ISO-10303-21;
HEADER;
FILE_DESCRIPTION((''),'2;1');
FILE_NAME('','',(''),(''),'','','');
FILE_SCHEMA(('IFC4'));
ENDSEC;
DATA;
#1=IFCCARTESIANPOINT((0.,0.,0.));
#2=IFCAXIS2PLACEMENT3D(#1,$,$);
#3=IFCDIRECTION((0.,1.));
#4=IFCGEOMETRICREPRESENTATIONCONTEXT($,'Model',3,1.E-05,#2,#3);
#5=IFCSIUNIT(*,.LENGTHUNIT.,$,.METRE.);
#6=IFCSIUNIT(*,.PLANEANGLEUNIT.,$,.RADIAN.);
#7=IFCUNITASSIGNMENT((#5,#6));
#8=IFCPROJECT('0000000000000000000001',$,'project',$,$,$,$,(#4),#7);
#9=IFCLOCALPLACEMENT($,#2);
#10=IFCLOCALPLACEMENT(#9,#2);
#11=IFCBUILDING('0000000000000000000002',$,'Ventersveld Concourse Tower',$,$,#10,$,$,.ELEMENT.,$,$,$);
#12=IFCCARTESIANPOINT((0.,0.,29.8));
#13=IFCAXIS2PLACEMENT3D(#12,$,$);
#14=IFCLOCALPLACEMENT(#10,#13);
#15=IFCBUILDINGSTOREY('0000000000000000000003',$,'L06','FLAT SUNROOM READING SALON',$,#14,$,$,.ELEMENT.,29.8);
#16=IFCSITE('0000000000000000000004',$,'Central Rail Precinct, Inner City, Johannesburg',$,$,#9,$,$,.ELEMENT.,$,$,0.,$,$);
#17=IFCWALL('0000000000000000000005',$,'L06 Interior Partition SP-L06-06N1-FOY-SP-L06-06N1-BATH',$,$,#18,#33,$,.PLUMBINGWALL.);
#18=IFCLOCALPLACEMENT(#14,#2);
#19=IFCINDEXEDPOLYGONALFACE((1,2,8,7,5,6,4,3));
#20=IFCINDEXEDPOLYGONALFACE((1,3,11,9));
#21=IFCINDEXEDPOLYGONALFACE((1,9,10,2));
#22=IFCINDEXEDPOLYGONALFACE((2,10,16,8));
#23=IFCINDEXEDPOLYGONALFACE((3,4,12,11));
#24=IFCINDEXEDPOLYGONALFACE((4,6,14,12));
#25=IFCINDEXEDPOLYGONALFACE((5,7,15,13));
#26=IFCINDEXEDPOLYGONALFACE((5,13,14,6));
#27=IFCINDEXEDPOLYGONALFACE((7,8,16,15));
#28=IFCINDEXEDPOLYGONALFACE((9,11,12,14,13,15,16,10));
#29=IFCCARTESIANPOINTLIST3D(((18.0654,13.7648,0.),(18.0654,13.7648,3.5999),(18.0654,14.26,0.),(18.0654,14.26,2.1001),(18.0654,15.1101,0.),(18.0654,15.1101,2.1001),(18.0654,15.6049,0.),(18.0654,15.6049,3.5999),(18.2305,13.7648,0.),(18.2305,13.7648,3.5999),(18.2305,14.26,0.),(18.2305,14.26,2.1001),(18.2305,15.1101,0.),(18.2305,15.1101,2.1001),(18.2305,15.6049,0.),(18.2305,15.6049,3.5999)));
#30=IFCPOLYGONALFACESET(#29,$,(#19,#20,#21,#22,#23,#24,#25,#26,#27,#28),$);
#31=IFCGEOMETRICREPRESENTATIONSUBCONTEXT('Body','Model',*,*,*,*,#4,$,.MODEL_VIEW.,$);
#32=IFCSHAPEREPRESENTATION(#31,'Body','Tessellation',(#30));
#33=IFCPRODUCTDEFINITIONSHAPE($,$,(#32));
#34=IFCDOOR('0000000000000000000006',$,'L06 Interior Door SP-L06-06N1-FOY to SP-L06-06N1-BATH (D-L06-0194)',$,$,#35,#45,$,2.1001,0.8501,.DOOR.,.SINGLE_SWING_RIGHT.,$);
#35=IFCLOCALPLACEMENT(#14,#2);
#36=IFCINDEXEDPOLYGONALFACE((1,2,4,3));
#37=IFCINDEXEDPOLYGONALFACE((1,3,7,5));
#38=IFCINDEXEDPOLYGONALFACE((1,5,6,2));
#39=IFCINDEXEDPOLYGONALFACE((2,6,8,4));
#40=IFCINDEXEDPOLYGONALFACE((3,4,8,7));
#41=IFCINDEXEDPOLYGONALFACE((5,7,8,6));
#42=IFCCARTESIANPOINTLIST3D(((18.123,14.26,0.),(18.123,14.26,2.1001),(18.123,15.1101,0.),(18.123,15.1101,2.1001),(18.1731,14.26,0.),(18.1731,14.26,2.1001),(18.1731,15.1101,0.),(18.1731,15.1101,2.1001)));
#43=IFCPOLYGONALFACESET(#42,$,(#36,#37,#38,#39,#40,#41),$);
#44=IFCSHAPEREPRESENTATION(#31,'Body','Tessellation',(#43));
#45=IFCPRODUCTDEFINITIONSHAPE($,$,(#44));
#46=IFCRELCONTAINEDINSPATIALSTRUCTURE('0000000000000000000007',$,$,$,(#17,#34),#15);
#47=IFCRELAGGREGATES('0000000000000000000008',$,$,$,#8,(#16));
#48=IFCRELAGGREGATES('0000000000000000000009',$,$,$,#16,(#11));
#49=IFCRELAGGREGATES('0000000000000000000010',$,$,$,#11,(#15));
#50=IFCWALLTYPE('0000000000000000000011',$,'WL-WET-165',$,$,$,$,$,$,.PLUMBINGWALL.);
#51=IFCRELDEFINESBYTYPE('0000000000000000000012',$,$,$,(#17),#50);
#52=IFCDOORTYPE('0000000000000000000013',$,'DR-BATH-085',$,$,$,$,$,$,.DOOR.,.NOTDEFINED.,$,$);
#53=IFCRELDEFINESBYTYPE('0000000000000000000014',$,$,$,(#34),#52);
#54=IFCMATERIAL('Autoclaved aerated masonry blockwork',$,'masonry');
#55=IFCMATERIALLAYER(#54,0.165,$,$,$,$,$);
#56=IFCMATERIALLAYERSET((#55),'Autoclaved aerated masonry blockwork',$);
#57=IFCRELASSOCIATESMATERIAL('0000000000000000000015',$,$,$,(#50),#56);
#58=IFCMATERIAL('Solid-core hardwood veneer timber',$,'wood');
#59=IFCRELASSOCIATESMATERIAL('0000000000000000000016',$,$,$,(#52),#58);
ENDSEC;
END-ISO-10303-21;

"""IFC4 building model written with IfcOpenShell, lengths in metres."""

from ifc_helpers import new_model, si_unit, direction, frame, frame_2d, origin, place, context, subcontext, project, spatial, rectangle, extrude, material, layer, layer_set, type_object, element, fill, save


model = new_model("IFC4")

# Units and contexts
model_context = context("Model", 3, precision=1e-05, world=origin(), true_north=direction((0.0, 1.0)))
body_context = subcontext(model_context, "Body", "Model", "MODEL_VIEW")
ifc_project = project(units=[si_unit("LENGTHUNIT", "METRE"), si_unit("PLANEANGLEUNIT", "RADIAN")], contexts=[model_context])

# Site, building, storey
site_placement = place(None, origin())
site = spatial("IfcSite", under=ifc_project, at=site_placement, Name="Central Rail Precinct, Inner City, Johannesburg", CompositionType="ELEMENT", RefElevation=0.0)
building_placement = place(site_placement, origin())
building = spatial("IfcBuilding", under=site, at=building_placement, Name="Ventersveld Concourse Tower", CompositionType="ELEMENT")
storey_placement = place(building_placement, frame((0.0, 0.0, 29.8)))
storey = spatial("IfcBuildingStorey", under=building, at=storey_placement, Name="L06", Description="FLAT SUNROOM READING SALON", CompositionType="ELEMENT", Elevation=29.8)

# Shared definitions
ifc_material_1 = material(Name="Solid-core hardwood veneer timber", Category="wood")

# Shared definitions
ifc_material_2 = material(Name="Autoclaved aerated masonry blockwork", Category="masonry")

# Wall, opening, door
ifc_layer_1 = layer(ifc_material_2, 0.165)
ifc_layer_set_1 = layer_set([ifc_layer_1], Name="Autoclaved aerated masonry blockwork")
wall_type_1 = type_object("IfcWallType", Name="WL-WET-165", PredefinedType="PLUMBINGWALL", material=ifc_layer_set_1)
wall_1_placement = place(storey_placement, frame((18.1479, 13.7649, 0.0), z_axis=(0.0, 0.0, 1.0), x_axis=(0.0, 1.0, 0.0)))
wall_1 = element("IfcWall", 1, at=wall_1_placement, inside=storey, type_object=wall_type_1, Name="L06 Interior Partition SP-L06-06N1-FOY-SP-L06-06N1-BATH", PredefinedType="PLUMBINGWALL", context=body_context, shape_type="SweptSolid", body=[
    extrude(rectangle(XDim=1.8401, YDim=0.165, at=frame_2d((0.9199, 0.0))), origin(), (0.0, 0.0, 1.0), 3.5999),
])
opening_1_placement = place(wall_1_placement, frame((0.4951, 0.0, 0.0)))
opening_1 = element("IfcOpeningElement", 2, at=opening_1_placement, cuts=wall_1, PredefinedType="OPENING", context=body_context, shape_type="SweptSolid", body=[
    extrude(rectangle(XDim=0.8501, YDim=2.1001, at=frame_2d((0.425, 1.05))), frame((0.0, 0.0925, 0.0), z_axis=(0.0, -1.0, 0.0), x_axis=(1.0, 0.0, 0.0)), (0.0, 0.0, 1.0), 0.1851),
])
door_type_1 = type_object("IfcDoorType", Name="DR-BATH-085", OperationType="NOTDEFINED", PredefinedType="DOOR", material=ifc_material_1)
door_1_placement = place(opening_1_placement, origin())
door_1 = element("IfcDoor", 3, at=door_1_placement, inside=storey, type_object=door_type_1, Name="L06 Interior Door SP-L06-06N1-FOY to SP-L06-06N1-BATH (D-L06-0194)", OperationType="SINGLE_SWING_RIGHT", OverallHeight=2.1001, OverallWidth=0.8501, PredefinedType="DOOR", context=body_context, shape_type="SweptSolid", body=[
    extrude(rectangle(XDim=0.8501, YDim=2.1001, at=frame_2d((0.425, 1.05))), frame((0.0, 0.0249, 0.0), z_axis=(0.0, -1.0, 0.0), x_axis=(1.0, 0.0, 0.0)), (0.0, 0.0, 1.0), 0.05),
])
fill(opening_1, door_1)

save(model, "model.ifc")
